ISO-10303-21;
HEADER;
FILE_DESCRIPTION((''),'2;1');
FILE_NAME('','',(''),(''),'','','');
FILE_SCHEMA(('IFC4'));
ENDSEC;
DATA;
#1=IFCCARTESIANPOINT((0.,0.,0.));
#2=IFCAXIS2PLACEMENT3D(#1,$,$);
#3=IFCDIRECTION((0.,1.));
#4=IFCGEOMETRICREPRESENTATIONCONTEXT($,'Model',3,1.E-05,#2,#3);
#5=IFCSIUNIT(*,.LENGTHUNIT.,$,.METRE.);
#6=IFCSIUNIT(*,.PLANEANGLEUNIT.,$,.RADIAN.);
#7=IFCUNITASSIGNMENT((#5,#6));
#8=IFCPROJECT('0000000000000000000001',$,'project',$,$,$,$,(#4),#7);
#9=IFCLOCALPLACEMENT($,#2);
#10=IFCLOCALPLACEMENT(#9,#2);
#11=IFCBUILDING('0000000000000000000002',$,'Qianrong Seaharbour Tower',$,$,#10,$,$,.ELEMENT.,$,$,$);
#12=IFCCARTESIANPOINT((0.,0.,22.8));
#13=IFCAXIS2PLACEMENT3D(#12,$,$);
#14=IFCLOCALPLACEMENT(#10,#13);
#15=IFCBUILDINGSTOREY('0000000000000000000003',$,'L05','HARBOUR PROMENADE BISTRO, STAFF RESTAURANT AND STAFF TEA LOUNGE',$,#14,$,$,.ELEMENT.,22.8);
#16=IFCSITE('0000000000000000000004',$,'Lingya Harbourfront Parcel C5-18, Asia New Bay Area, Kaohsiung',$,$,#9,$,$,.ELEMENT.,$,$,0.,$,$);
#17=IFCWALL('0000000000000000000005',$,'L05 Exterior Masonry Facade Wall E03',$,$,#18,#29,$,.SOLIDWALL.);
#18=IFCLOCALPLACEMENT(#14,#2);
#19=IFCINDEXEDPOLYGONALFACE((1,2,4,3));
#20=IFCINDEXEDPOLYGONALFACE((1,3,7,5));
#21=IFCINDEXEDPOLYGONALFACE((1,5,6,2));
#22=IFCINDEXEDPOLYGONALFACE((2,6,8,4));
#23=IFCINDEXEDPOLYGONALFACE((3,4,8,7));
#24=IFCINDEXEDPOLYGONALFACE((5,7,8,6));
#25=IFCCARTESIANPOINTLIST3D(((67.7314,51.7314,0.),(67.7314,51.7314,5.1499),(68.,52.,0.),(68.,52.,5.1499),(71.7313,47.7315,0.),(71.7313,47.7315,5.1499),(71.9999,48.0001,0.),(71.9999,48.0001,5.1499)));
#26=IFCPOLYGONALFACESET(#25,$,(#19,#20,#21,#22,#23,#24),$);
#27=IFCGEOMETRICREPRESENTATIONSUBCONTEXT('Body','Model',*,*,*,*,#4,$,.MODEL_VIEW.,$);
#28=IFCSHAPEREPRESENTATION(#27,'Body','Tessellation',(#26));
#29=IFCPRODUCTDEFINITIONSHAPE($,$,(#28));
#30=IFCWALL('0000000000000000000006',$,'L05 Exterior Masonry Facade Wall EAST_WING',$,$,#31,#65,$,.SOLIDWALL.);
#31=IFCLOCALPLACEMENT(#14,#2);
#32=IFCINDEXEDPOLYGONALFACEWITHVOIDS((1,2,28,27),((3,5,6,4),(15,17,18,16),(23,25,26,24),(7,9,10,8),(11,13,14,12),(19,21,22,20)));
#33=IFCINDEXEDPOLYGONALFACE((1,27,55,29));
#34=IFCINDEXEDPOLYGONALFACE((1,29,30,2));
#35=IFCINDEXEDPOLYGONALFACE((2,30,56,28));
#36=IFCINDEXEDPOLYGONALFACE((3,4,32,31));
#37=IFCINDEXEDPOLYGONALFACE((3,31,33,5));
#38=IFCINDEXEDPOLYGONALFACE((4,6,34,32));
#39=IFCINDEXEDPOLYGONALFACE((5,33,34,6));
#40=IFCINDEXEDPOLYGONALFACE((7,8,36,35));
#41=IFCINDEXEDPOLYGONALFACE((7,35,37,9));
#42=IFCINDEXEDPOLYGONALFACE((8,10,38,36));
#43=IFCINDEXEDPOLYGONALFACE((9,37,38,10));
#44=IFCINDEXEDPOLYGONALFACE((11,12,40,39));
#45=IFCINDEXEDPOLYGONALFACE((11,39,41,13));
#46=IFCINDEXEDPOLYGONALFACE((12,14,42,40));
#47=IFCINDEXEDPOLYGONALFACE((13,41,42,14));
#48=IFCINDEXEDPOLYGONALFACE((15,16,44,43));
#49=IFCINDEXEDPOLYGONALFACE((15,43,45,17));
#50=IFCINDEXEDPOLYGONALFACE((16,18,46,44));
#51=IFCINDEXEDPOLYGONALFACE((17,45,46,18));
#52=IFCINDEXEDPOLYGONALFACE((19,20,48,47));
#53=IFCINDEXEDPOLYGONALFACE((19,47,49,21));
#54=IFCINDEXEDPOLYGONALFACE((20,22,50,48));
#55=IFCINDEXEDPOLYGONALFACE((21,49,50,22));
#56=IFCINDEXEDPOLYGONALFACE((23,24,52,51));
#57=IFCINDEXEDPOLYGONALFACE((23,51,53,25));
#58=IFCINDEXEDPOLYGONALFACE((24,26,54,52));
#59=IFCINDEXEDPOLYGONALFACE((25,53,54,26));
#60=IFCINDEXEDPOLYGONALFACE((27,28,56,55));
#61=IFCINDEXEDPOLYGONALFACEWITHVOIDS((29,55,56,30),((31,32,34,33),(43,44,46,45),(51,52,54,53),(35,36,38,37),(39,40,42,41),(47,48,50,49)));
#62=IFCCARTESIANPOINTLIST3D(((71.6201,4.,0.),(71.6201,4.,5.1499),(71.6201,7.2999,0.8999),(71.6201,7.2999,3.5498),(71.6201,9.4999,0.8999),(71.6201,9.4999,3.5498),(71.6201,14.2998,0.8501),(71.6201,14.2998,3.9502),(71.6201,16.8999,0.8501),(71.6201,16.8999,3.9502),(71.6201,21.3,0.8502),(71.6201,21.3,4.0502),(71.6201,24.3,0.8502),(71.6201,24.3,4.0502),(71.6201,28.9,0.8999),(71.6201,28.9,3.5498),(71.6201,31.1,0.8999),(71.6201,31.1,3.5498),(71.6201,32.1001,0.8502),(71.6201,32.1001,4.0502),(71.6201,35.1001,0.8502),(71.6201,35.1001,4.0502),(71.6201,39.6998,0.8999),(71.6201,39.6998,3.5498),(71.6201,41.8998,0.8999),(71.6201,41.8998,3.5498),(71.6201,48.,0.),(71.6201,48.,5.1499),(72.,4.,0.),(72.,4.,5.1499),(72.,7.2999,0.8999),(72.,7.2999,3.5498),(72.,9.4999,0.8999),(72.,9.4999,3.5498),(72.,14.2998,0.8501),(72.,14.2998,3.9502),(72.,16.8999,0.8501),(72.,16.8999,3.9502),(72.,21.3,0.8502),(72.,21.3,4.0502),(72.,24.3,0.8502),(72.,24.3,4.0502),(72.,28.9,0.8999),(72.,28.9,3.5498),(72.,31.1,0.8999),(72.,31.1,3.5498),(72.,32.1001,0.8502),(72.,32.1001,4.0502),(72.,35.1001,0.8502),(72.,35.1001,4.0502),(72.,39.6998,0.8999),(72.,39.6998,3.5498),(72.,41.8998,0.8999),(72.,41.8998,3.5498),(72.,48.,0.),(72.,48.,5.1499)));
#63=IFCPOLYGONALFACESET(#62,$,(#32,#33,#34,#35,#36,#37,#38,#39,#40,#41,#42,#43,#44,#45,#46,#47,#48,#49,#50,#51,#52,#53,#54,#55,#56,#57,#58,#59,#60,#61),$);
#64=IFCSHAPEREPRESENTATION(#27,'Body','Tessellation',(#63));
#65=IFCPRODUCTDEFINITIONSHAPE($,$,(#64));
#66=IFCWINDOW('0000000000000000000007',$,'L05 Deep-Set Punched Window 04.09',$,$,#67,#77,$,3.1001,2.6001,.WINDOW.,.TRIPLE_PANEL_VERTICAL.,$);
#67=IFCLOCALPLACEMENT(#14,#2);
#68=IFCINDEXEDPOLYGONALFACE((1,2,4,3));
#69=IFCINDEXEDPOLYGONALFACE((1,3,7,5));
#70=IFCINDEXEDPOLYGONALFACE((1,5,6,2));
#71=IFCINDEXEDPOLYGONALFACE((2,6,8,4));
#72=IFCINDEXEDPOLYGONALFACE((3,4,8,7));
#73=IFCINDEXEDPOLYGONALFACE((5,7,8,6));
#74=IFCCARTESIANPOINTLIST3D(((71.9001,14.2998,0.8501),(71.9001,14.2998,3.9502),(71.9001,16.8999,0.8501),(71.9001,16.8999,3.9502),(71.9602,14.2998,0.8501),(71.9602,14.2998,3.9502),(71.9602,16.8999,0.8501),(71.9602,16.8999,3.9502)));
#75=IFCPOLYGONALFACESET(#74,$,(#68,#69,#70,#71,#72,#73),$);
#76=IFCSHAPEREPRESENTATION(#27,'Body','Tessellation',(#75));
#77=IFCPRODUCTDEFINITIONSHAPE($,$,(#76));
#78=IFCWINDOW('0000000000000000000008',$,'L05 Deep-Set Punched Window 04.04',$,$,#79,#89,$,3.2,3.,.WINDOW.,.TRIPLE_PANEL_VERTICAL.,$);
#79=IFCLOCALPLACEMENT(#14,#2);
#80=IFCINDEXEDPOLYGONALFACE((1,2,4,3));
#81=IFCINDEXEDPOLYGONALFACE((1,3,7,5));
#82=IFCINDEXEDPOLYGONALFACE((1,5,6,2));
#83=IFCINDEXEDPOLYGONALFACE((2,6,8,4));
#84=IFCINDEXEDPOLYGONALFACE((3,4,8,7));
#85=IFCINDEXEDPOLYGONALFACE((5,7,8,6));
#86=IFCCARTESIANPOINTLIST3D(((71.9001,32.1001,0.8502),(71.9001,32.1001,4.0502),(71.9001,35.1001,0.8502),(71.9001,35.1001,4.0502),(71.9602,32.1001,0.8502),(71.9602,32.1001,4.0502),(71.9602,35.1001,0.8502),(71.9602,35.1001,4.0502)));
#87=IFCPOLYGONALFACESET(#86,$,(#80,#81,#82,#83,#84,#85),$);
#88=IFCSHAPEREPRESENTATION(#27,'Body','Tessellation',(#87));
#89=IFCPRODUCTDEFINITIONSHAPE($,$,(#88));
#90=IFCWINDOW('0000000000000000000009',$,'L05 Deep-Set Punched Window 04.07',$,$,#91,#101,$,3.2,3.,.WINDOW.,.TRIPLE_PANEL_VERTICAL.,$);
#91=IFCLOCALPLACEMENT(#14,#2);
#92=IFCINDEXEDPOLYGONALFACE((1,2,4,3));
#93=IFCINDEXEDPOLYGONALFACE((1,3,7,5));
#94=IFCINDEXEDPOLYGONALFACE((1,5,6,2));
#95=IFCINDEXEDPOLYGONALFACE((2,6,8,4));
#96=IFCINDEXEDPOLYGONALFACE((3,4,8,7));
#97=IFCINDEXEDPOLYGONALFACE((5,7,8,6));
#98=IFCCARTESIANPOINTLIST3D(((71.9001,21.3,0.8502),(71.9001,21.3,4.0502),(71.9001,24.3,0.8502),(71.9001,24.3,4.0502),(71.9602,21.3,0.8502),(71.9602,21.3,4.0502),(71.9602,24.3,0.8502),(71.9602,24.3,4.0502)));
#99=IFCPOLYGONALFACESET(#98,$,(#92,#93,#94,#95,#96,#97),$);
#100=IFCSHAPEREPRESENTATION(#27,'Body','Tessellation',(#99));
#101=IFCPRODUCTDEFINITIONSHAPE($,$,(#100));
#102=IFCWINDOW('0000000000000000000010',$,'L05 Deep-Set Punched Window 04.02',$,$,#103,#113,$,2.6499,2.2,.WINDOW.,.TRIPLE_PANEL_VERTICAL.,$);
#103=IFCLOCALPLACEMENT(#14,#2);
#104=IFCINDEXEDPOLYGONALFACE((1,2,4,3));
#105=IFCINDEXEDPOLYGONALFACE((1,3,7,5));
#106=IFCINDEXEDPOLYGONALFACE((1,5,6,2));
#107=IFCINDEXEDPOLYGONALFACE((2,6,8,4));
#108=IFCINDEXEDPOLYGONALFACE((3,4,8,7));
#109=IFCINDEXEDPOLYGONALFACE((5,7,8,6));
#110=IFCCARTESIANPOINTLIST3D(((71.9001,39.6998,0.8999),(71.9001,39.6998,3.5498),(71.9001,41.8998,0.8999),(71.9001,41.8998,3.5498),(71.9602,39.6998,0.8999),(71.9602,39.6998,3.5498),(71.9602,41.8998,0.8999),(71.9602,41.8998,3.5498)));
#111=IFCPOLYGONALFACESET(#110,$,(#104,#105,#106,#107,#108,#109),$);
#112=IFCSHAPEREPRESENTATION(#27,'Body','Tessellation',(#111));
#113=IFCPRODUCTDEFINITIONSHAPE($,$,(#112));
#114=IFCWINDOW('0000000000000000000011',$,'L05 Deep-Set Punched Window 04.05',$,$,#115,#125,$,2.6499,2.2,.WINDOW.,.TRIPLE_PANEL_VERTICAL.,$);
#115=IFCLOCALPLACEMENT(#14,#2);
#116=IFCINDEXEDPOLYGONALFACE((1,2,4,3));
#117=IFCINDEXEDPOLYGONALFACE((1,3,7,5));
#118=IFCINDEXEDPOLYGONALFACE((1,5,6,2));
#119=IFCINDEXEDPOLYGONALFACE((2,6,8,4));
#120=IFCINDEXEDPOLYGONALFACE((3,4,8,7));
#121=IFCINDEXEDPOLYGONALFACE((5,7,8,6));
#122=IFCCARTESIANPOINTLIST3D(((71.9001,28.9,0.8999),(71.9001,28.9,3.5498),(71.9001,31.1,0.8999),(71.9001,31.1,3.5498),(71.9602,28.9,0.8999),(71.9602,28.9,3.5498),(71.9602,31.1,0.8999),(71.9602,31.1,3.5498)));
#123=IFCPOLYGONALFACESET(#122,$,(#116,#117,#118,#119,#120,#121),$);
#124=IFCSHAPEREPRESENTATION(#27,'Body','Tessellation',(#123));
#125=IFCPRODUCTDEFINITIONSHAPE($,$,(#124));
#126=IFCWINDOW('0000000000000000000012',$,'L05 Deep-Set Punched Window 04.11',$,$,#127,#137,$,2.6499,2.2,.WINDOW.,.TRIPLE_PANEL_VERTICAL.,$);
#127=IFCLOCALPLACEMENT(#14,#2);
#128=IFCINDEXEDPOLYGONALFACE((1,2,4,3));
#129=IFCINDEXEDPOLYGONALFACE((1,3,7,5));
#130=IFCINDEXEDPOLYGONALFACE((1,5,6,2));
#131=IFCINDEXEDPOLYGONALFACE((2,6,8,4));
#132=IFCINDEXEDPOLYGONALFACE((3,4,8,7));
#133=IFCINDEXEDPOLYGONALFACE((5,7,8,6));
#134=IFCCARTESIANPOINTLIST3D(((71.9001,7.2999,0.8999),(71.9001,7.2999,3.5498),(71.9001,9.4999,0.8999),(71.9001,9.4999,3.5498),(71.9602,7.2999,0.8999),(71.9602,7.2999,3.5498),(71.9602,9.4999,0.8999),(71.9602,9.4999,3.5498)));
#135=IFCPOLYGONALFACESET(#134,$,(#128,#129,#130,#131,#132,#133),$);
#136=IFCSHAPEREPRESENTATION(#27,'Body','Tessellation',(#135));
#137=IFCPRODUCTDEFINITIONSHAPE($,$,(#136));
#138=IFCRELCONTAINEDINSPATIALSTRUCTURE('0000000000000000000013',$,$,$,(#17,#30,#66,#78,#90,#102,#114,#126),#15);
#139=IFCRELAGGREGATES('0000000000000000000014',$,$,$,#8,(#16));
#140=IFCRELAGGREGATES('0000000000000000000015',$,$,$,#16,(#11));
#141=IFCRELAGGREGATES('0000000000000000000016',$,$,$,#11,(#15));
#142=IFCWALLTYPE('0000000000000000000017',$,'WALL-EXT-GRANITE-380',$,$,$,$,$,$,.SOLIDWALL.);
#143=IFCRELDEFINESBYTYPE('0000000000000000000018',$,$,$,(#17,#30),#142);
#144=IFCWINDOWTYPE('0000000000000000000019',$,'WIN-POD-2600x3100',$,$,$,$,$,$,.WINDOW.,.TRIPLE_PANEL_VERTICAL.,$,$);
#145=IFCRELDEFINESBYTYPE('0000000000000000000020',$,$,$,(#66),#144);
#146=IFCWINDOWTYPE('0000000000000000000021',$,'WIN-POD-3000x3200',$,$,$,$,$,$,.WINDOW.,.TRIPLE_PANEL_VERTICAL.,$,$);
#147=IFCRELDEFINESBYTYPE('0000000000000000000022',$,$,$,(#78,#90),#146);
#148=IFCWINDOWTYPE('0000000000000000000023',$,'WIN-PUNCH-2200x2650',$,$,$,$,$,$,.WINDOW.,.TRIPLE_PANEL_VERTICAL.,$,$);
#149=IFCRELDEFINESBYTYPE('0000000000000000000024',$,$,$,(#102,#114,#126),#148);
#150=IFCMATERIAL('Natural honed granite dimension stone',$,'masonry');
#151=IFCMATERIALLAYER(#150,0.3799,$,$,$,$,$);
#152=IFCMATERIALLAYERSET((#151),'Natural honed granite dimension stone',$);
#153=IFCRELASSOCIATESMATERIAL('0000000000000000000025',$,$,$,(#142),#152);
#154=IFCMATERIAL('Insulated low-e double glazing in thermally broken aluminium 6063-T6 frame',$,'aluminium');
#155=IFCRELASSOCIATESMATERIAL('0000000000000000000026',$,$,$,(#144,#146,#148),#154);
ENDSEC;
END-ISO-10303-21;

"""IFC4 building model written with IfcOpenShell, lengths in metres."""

from ifc_helpers import new_model, si_unit, direction, frame, frame_2d, origin, place, context, subcontext, project, spatial, rectangle, extrude, material, layer, layer_set, type_object, element, fill, save


model = new_model("IFC4")

# Units and contexts
model_context = context("Model", 3, precision=1e-05, world=origin(), true_north=direction((0.0, 1.0)))
body_context = subcontext(model_context, "Body", "Model", "MODEL_VIEW")
ifc_project = project(units=[si_unit("LENGTHUNIT", "METRE"), si_unit("PLANEANGLEUNIT", "RADIAN")], contexts=[model_context])

# Site, building, storey
site_placement = place(None, origin())
site = spatial("IfcSite", under=ifc_project, at=site_placement, Name="Lingya Harbourfront Parcel C5-18, Asia New Bay Area, Kaohsiung", CompositionType="ELEMENT", RefElevation=0.0)
building_placement = place(site_placement, origin())
building = spatial("IfcBuilding", under=site, at=building_placement, Name="Qianrong Seaharbour Tower", CompositionType="ELEMENT")
storey_placement = place(building_placement, frame((0.0, 0.0, 22.8)))
storey = spatial("IfcBuildingStorey", under=building, at=storey_placement, Name="L05", Description="HARBOUR PROMENADE BISTRO, STAFF RESTAURANT AND STAFF TEA LOUNGE", CompositionType="ELEMENT", Elevation=22.8)

# Wall
ifc_material_1 = material(Name="Natural honed granite dimension stone", Category="masonry")
ifc_layer_1 = layer(ifc_material_1, 0.3799)
ifc_layer_set_1 = layer_set([ifc_layer_1], Name="Natural honed granite dimension stone")
wall_type_1 = type_object("IfcWallType", Name="WALL-EXT-GRANITE-380", PredefinedType="SOLIDWALL", material=ifc_layer_set_1)
wall_1_placement = place(storey_placement, frame((67.8657, 51.8657, 0.0), z_axis=(0.0, 0.0, 1.0), x_axis=(0.707107, -0.707107, 0.0)))
element("IfcWall", 1, at=wall_1_placement, inside=storey, type_object=wall_type_1, Name="L05 Exterior Masonry Facade Wall E03", PredefinedType="SOLIDWALL", context=body_context, shape_type="SweptSolid", body=[
    extrude(rectangle(XDim=5.6567, YDim=0.3799, at=frame_2d((2.8284, 0.0))), origin(), (0.0, 0.0, 1.0), 5.1499),
])

# Wall, openings, windows
wall_2_placement = place(storey_placement, frame((71.8101, 48.0, 0.0), z_axis=(0.0, 0.0, 1.0), x_axis=(0.0, -1.0, 0.0)))
wall_2 = element("IfcWall", 2, at=wall_2_placement, inside=storey, type_object=wall_type_1, Name="L05 Exterior Masonry Facade Wall EAST_WING", PredefinedType="SOLIDWALL", context=body_context, shape_type="SweptSolid", body=[
    extrude(rectangle(XDim=44.0, YDim=0.3799, at=frame_2d((22.0, 0.0))), origin(), (0.0, 0.0, 1.0), 5.1499),
])
opening_1_placement = place(wall_2_placement, frame((6.1001, 0.0, 0.8999)))
opening_1 = element("IfcOpeningElement", 3, at=opening_1_placement, cuts=wall_2, PredefinedType="OPENING", context=body_context, shape_type="SweptSolid", body=[
    extrude(rectangle(XDim=2.2, YDim=2.6499, at=frame_2d((1.1001, 1.325))), frame((0.0, 0.2, 0.0), z_axis=(0.0, -1.0, 0.0), x_axis=(1.0, 0.0, 0.0)), (0.0, 0.0, 1.0), 0.3999),
])
opening_2_placement = place(wall_2_placement, frame((12.8999, 0.0, 0.8501)))
opening_2 = element("IfcOpeningElement", 4, at=opening_2_placement, cuts=wall_2, PredefinedType="OPENING", context=body_context, shape_type="SweptSolid", body=[
    extrude(rectangle(XDim=3.0, YDim=3.2, at=frame_2d((1.5, 1.6001))), frame((0.0, 0.2, 0.0), z_axis=(0.0, -1.0, 0.0), x_axis=(1.0, 0.0, 0.0)), (0.0, 0.0, 1.0), 0.3999),
])
opening_3_placement = place(wall_2_placement, frame((16.8999, 0.0, 0.8999)))
opening_3 = element("IfcOpeningElement", 5, at=opening_3_placement, cuts=wall_2, PredefinedType="OPENING", context=body_context, shape_type="SweptSolid", body=[
    extrude(rectangle(XDim=2.2, YDim=2.6499, at=frame_2d((1.1001, 1.325))), frame((0.0, 0.2, 0.0), z_axis=(0.0, -1.0, 0.0), x_axis=(1.0, 0.0, 0.0)), (0.0, 0.0, 1.0), 0.3999),
])
opening_4_placement = place(wall_2_placement, frame((23.7, 0.0, 0.8501)))
opening_4 = element("IfcOpeningElement", 6, at=opening_4_placement, cuts=wall_2, PredefinedType="OPENING", context=body_context, shape_type="SweptSolid", body=[
    extrude(rectangle(XDim=3.0, YDim=3.2, at=frame_2d((1.5, 1.6001))), frame((0.0, 0.2, 0.0), z_axis=(0.0, -1.0, 0.0), x_axis=(1.0, 0.0, 0.0)), (0.0, 0.0, 1.0), 0.3999),
])
opening_5_placement = place(wall_2_placement, frame((31.1001, 0.0, 0.8501)))
opening_5 = element("IfcOpeningElement", 7, at=opening_5_placement, cuts=wall_2, PredefinedType="OPENING", context=body_context, shape_type="SweptSolid", body=[
    extrude(rectangle(XDim=2.6001, YDim=3.1001, at=frame_2d((1.3, 1.55))), frame((0.0, 0.2, 0.0), z_axis=(0.0, -1.0, 0.0), x_axis=(1.0, 0.0, 0.0)), (0.0, 0.0, 1.0), 0.3999),
])
opening_6_placement = place(wall_2_placement, frame((38.5, 0.0, 0.8999)))
opening_6 = element("IfcOpeningElement", 8, at=opening_6_placement, cuts=wall_2, PredefinedType="OPENING", context=body_context, shape_type="SweptSolid", body=[
    extrude(rectangle(XDim=2.2, YDim=2.6499, at=frame_2d((1.1001, 1.325))), frame((0.0, 0.2, 0.0), z_axis=(0.0, -1.0, 0.0), x_axis=(1.0, 0.0, 0.0)), (0.0, 0.0, 1.0), 0.3999),
])
ifc_material_2 = material(Name="Insulated low-e double glazing in thermally broken aluminium 6063-T6 frame", Category="aluminium")
window_type_1 = type_object("IfcWindowType", Name="WIN-POD-2600x3100", PartitioningType="TRIPLE_PANEL_VERTICAL", PredefinedType="WINDOW", material=ifc_material_2)
window_1_placement = place(opening_5_placement, origin())
window_1 = element("IfcWindow", 9, at=window_1_placement, inside=storey, type_object=window_type_1, Name="L05 Deep-Set Punched Window 04.09", OverallHeight=3.1001, OverallWidth=2.6001, PartitioningType="TRIPLE_PANEL_VERTICAL", PredefinedType="WINDOW", context=body_context, shape_type="SweptSolid", body=[
    extrude(rectangle(XDim=2.6001, YDim=3.1001, at=frame_2d((1.3, 1.55))), frame((0.0, 0.1501, 0.0), z_axis=(0.0, -1.0, 0.0), x_axis=(1.0, 0.0, 0.0)), (0.0, 0.0, 1.0), 0.0601),
])
fill(opening_5, window_1)
window_type_2 = type_object("IfcWindowType", Name="WIN-POD-3000x3200", PartitioningType="TRIPLE_PANEL_VERTICAL", PredefinedType="WINDOW", material=ifc_material_2)
window_2_placement = place(opening_2_placement, origin())
window_2 = element("IfcWindow", 10, at=window_2_placement, inside=storey, type_object=window_type_2, Name="L05 Deep-Set Punched Window 04.04", OverallHeight=3.2, OverallWidth=3.0, PartitioningType="TRIPLE_PANEL_VERTICAL", PredefinedType="WINDOW", context=body_context, shape_type="SweptSolid", body=[
    extrude(rectangle(XDim=3.0, YDim=3.2, at=frame_2d((1.5, 1.6001))), frame((0.0, 0.1501, 0.0), z_axis=(0.0, -1.0, 0.0), x_axis=(1.0, 0.0, 0.0)), (0.0, 0.0, 1.0), 0.0601),
])
fill(opening_2, window_2)
window_3_placement = place(opening_4_placement, origin())
window_3 = element("IfcWindow", 11, at=window_3_placement, inside=storey, type_object=window_type_2, Name="L05 Deep-Set Punched Window 04.07", OverallHeight=3.2, OverallWidth=3.0, PartitioningType="TRIPLE_PANEL_VERTICAL", PredefinedType="WINDOW", context=body_context, shape_type="SweptSolid", body=[
    extrude(rectangle(XDim=3.0, YDim=3.2, at=frame_2d((1.5, 1.6001))), frame((0.0, 0.1501, 0.0), z_axis=(0.0, -1.0, 0.0), x_axis=(1.0, 0.0, 0.0)), (0.0, 0.0, 1.0), 0.0601),
])
fill(opening_4, window_3)
window_type_3 = type_object("IfcWindowType", Name="WIN-PUNCH-2200x2650", PartitioningType="TRIPLE_PANEL_VERTICAL", PredefinedType="WINDOW", material=ifc_material_2)
window_4_placement = place(opening_1_placement, origin())
window_4 = element("IfcWindow", 12, at=window_4_placement, inside=storey, type_object=window_type_3, Name="L05 Deep-Set Punched Window 04.02", OverallHeight=2.6499, OverallWidth=2.2, PartitioningType="TRIPLE_PANEL_VERTICAL", PredefinedType="WINDOW", context=body_context, shape_type="SweptSolid", body=[
    extrude(rectangle(XDim=2.2, YDim=2.6499, at=frame_2d((1.1001, 1.325))), frame((0.0, 0.1501, 0.0), z_axis=(0.0, -1.0, 0.0), x_axis=(1.0, 0.0, 0.0)), (0.0, 0.0, 1.0), 0.0601),
])
fill(opening_1, window_4)
window_5_placement = place(opening_3_placement, origin())
window_5 = element("IfcWindow", 13, at=window_5_placement, inside=storey, type_object=window_type_3, Name="L05 Deep-Set Punched Window 04.05", OverallHeight=2.6499, OverallWidth=2.2, PartitioningType="TRIPLE_PANEL_VERTICAL", PredefinedType="WINDOW", context=body_context, shape_type="SweptSolid", body=[
    extrude(rectangle(XDim=2.2, YDim=2.6499, at=frame_2d((1.1001, 1.325))), frame((0.0, 0.1501, 0.0), z_axis=(0.0, -1.0, 0.0), x_axis=(1.0, 0.0, 0.0)), (0.0, 0.0, 1.0), 0.0601),
])
fill(opening_3, window_5)
window_6_placement = place(opening_6_placement, origin())
window_6 = element("IfcWindow", 14, at=window_6_placement, inside=storey, type_object=window_type_3, Name="L05 Deep-Set Punched Window 04.11", OverallHeight=2.6499, OverallWidth=2.2, PartitioningType="TRIPLE_PANEL_VERTICAL", PredefinedType="WINDOW", context=body_context, shape_type="SweptSolid", body=[
    extrude(rectangle(XDim=2.2, YDim=2.6499, at=frame_2d((1.1001, 1.325))), frame((0.0, 0.1501, 0.0), z_axis=(0.0, -1.0, 0.0), x_axis=(1.0, 0.0, 0.0)), (0.0, 0.0, 1.0), 0.0601),
])
fill(opening_6, window_6)

save(model, "model.ifc")
